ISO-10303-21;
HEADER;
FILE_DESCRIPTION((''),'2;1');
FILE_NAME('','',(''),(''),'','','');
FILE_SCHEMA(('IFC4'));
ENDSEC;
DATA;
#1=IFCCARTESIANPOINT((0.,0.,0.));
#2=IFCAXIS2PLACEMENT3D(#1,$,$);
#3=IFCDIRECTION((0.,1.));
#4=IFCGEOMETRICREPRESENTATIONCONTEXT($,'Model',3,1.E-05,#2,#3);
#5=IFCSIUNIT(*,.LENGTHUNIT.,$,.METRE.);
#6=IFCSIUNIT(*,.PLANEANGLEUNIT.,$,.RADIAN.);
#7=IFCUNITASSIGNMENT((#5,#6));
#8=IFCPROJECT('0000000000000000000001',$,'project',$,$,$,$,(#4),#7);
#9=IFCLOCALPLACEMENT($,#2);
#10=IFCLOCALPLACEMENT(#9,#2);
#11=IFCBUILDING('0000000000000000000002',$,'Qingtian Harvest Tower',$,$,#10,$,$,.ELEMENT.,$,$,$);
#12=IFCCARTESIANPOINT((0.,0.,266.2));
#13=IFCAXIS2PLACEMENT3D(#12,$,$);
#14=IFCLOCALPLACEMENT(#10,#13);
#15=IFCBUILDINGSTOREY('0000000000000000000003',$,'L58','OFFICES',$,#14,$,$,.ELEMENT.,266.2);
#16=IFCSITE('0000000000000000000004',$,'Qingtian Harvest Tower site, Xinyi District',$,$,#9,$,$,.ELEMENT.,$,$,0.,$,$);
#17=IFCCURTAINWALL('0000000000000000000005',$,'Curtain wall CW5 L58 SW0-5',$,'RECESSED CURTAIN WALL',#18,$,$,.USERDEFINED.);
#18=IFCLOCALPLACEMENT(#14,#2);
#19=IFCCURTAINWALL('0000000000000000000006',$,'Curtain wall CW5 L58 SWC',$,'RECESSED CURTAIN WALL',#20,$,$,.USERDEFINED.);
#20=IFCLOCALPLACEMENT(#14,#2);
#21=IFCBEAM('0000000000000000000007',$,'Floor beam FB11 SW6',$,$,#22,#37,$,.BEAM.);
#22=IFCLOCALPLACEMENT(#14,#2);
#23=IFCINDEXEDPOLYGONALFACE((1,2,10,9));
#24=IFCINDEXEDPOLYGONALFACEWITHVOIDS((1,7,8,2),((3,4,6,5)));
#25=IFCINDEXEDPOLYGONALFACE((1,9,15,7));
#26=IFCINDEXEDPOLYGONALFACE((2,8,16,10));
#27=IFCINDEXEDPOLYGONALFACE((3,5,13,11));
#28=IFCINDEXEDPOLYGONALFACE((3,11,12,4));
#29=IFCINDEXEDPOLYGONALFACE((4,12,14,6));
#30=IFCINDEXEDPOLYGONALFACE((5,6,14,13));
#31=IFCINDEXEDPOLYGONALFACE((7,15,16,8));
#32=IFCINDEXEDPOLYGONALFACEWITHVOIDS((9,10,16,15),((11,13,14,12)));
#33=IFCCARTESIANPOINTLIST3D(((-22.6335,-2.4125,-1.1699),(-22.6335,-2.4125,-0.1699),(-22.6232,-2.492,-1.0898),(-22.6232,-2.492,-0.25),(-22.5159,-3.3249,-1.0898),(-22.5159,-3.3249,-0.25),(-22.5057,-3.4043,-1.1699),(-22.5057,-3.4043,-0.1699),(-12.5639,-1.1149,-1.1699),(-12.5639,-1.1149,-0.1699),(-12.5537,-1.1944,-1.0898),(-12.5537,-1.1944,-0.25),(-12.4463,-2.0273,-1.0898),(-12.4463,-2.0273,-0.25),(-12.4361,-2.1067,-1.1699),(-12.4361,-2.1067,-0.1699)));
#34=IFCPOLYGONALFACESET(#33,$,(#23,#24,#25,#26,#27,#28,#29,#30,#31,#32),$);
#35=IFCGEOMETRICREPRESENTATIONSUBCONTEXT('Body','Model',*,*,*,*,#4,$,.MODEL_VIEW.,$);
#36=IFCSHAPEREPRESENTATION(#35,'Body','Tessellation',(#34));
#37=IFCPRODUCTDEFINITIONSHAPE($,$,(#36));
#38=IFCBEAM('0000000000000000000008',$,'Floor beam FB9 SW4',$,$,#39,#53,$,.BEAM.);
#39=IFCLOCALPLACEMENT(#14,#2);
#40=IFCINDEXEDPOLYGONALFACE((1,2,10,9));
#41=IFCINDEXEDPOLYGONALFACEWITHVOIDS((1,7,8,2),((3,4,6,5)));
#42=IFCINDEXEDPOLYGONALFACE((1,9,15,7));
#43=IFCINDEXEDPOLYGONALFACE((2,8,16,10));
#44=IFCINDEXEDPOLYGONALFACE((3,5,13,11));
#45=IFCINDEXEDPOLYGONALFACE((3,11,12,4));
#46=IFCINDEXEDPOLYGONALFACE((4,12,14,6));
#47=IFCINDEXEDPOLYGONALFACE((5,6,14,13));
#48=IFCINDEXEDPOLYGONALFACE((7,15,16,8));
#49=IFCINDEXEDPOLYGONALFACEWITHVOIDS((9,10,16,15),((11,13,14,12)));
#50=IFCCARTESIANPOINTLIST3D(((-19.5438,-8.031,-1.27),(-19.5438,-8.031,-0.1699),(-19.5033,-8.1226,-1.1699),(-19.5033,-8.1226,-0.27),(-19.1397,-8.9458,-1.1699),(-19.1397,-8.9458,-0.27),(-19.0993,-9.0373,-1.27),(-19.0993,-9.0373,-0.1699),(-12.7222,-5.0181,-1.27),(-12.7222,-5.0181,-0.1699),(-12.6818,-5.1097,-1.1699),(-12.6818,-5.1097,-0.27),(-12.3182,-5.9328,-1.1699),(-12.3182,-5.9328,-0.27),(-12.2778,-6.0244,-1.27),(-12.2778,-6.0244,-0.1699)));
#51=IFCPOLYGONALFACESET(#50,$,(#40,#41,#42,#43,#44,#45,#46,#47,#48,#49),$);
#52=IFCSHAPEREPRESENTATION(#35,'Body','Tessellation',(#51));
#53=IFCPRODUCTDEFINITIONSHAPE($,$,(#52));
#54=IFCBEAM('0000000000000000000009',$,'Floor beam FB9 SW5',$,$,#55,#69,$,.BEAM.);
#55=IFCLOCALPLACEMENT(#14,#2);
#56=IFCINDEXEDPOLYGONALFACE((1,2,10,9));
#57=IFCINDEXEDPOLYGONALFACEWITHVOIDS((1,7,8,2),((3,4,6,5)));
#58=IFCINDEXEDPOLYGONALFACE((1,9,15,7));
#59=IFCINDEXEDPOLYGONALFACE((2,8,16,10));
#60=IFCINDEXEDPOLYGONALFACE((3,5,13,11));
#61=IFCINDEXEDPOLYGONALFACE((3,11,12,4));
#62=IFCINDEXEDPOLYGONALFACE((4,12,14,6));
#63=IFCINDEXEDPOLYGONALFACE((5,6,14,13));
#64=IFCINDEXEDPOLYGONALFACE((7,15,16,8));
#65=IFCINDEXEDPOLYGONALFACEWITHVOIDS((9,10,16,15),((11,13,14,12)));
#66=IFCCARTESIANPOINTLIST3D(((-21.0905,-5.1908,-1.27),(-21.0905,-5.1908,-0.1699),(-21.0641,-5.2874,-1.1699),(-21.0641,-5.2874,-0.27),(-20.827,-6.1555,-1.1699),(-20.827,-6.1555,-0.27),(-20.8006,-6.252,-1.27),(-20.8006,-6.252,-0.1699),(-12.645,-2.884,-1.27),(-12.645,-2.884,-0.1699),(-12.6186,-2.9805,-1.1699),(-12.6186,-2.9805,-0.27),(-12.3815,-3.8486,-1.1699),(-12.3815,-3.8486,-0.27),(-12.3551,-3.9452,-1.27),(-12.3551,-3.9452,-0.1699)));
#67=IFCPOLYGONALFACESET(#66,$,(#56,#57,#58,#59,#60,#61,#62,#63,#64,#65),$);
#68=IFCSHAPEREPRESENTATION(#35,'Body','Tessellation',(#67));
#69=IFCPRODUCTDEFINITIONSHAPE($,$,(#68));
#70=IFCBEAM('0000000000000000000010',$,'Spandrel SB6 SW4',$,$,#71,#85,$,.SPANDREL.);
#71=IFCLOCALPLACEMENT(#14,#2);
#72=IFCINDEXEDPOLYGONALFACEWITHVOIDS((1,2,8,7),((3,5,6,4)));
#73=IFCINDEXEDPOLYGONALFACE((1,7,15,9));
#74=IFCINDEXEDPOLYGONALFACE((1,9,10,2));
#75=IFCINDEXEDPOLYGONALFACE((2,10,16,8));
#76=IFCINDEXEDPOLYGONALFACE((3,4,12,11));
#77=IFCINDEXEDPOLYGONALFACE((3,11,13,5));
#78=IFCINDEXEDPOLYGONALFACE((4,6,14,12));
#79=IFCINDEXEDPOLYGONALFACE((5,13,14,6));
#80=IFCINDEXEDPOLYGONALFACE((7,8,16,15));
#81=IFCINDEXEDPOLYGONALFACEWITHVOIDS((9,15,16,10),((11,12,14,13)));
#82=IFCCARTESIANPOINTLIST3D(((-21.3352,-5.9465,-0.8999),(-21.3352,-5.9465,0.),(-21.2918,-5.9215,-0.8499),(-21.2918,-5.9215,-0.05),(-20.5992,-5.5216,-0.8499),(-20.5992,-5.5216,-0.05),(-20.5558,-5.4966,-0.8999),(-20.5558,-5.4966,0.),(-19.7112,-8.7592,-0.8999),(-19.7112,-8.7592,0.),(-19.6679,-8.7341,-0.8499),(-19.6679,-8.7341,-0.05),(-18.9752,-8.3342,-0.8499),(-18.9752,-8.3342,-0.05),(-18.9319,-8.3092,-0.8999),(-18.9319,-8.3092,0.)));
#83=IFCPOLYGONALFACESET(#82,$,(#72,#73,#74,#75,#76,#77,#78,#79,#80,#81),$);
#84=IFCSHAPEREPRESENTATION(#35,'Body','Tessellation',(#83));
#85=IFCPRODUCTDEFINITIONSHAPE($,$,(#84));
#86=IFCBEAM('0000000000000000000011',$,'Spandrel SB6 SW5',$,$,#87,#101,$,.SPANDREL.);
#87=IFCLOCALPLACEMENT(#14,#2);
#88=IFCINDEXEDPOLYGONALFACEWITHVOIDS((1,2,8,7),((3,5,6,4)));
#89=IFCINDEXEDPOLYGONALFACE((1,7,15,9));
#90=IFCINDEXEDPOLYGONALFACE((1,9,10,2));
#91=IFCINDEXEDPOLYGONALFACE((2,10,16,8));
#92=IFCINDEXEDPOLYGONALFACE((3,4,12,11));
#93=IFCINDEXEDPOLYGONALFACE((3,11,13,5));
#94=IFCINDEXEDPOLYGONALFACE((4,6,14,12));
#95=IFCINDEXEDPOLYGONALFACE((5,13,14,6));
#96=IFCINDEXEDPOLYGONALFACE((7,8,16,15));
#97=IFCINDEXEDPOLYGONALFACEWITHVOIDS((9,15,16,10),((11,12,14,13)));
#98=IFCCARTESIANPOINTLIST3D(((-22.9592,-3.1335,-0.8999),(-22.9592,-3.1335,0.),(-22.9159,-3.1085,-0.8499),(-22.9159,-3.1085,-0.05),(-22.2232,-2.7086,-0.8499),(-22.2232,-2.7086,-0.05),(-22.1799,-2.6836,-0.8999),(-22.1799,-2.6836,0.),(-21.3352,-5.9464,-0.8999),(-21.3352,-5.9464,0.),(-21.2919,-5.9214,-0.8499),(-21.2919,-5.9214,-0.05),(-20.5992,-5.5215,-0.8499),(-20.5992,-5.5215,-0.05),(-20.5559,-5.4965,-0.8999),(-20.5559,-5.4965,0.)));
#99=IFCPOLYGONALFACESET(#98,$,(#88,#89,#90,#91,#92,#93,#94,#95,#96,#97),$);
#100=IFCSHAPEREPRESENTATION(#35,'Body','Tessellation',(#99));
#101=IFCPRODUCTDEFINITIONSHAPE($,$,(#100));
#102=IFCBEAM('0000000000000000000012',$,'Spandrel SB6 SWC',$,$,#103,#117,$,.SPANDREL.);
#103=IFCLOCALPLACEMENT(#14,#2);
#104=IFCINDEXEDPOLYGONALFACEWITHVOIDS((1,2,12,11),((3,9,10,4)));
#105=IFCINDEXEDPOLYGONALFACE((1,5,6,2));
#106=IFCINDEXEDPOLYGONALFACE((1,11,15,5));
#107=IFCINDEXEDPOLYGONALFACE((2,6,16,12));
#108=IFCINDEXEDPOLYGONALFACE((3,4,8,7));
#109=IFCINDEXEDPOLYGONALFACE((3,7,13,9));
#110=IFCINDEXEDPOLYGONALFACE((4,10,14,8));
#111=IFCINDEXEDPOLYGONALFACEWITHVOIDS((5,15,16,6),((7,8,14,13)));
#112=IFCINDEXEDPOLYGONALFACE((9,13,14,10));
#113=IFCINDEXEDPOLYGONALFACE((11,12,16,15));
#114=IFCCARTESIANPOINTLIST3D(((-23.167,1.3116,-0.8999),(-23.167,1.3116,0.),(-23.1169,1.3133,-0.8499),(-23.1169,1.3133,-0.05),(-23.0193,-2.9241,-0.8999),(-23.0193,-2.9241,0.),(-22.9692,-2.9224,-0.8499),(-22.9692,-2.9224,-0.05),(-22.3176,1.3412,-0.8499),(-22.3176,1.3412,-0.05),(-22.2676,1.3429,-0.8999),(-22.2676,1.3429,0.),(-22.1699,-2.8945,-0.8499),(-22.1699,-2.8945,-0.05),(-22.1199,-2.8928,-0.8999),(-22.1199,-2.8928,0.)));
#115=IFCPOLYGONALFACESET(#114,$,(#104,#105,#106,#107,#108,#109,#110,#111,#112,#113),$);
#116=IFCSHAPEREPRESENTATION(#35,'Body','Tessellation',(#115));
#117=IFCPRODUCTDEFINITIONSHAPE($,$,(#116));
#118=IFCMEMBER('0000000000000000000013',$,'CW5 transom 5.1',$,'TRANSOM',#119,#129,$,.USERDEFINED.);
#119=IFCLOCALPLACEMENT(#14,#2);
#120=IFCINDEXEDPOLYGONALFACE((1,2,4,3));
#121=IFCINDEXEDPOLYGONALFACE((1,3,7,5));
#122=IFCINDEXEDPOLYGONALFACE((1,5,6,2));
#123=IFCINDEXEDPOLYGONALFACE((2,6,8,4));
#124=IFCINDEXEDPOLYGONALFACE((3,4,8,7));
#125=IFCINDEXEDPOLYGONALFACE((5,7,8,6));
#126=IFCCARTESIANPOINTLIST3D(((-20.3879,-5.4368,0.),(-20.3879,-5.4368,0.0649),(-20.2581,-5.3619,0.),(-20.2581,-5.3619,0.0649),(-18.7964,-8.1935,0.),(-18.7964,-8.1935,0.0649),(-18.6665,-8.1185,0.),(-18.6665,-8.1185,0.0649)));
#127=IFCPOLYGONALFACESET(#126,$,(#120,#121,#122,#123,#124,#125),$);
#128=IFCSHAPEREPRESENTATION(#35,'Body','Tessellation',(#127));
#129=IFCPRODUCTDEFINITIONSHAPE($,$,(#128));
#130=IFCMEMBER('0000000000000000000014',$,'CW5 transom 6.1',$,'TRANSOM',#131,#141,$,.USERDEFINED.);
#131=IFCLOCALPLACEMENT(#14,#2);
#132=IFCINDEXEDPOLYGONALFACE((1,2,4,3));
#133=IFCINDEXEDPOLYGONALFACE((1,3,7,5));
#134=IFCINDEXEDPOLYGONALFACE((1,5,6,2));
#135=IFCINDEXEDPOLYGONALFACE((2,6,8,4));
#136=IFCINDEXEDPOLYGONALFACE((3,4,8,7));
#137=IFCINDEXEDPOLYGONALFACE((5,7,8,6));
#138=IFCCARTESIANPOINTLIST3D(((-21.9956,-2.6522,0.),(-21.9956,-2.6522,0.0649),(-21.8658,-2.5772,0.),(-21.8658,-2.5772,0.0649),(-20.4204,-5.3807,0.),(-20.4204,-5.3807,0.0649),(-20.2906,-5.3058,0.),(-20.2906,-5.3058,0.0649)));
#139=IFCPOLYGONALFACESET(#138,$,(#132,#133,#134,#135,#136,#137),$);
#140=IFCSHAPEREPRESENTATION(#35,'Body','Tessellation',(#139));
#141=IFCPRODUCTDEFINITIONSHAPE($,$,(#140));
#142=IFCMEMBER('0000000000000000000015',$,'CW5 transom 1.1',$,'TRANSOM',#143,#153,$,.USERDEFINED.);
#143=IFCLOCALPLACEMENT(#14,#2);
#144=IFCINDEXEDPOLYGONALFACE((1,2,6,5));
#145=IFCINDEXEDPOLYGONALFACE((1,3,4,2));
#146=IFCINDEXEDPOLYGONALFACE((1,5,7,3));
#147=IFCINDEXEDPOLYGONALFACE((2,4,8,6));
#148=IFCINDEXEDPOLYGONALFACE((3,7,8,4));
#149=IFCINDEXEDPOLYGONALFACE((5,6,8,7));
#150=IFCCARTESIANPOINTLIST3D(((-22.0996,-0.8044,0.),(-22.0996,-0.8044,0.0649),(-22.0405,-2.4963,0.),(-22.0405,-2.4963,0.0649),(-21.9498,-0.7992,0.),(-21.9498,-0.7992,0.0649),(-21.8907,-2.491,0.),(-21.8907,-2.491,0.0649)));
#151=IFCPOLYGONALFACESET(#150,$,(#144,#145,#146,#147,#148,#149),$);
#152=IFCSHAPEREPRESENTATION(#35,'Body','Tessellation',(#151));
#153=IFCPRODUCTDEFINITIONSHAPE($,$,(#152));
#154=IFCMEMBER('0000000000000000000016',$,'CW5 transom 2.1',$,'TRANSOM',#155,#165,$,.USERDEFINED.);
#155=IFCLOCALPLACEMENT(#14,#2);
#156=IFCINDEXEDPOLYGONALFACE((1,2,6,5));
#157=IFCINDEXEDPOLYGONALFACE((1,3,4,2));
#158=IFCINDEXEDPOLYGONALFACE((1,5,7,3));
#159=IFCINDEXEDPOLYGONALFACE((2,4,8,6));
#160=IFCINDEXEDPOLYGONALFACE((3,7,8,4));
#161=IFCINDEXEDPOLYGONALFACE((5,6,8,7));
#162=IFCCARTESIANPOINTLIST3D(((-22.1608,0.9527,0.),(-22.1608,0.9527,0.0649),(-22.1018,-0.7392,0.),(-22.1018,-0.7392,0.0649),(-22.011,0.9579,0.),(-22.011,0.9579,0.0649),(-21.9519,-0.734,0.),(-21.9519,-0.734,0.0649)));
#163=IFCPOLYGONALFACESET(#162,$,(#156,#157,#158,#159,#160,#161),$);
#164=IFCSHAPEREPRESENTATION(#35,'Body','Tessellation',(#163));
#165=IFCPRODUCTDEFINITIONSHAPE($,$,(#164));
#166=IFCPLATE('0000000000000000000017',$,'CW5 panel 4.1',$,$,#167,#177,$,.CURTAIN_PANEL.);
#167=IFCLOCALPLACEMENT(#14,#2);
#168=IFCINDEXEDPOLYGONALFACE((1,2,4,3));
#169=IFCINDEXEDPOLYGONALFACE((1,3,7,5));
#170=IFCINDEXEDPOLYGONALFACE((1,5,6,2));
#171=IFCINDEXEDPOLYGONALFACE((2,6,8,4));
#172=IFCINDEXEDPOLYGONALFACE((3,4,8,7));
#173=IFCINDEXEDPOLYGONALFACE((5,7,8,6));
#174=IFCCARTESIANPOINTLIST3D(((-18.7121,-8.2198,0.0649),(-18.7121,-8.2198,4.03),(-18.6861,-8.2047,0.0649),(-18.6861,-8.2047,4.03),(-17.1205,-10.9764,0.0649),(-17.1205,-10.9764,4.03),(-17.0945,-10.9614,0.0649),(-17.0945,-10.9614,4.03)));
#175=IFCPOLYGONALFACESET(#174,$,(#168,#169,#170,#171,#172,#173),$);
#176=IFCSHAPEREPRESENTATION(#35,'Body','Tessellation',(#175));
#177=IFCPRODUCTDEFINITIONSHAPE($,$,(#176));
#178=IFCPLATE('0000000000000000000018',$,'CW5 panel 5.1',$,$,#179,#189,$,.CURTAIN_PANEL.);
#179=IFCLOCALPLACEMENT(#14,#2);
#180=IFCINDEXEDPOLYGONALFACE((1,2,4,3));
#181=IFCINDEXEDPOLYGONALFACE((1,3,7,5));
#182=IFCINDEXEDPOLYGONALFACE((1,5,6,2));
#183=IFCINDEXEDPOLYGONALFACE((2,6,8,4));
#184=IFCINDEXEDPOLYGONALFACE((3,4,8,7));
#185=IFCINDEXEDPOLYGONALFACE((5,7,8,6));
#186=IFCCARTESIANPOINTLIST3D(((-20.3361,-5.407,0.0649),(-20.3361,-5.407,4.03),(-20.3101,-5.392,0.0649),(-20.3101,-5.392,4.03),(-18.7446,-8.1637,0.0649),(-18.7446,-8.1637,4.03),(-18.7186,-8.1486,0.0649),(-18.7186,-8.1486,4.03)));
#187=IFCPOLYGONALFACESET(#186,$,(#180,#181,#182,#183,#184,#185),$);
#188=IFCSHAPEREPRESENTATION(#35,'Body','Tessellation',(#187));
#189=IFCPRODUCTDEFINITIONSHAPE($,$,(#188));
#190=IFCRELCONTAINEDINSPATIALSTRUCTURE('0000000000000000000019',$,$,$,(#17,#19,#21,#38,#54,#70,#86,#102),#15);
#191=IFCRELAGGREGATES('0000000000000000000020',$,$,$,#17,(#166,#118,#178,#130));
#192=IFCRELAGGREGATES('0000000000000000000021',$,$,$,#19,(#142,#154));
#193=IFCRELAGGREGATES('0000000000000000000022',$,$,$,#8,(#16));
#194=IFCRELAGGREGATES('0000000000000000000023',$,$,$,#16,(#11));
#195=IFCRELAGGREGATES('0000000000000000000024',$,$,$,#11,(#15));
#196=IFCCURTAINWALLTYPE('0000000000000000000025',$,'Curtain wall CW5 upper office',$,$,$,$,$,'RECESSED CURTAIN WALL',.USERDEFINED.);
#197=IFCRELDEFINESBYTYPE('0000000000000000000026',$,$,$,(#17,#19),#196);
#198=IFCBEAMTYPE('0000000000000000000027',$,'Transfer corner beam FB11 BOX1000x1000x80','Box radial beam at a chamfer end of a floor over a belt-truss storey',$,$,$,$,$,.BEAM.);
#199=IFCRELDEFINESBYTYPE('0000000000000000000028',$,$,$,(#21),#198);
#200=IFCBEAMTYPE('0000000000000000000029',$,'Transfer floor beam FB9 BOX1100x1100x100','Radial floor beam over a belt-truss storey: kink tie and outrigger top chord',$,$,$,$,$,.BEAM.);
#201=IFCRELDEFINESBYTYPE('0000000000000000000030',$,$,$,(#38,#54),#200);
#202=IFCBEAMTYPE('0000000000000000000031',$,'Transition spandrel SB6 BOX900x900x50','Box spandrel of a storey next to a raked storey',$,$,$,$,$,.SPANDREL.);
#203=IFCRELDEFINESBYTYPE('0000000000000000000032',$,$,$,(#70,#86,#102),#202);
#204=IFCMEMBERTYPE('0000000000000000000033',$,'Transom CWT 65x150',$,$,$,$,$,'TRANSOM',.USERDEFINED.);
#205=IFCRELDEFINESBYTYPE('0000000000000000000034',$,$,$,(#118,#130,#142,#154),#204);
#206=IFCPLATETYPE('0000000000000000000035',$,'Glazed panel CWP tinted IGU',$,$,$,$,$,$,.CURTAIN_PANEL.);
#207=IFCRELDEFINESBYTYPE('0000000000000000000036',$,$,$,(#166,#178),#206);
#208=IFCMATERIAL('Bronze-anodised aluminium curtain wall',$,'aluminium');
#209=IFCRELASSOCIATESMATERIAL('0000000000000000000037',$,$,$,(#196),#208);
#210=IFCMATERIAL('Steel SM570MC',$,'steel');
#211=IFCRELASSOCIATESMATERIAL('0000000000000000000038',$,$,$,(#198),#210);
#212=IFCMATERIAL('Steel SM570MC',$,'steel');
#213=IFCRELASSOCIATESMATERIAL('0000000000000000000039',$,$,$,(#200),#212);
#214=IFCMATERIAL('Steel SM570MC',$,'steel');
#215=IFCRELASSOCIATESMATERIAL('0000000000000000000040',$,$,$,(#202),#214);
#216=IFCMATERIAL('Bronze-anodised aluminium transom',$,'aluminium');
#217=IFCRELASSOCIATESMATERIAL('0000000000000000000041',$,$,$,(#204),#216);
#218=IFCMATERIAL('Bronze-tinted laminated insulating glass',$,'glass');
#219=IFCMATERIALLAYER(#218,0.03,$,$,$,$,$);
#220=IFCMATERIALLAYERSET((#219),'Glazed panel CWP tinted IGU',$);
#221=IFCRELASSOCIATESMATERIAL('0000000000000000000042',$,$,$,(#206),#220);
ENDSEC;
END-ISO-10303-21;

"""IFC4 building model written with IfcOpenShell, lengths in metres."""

from ifc_helpers import new_model, si_unit, direction, frame, origin, origin_2d, place, context, subcontext, project, spatial, rectangle, hollow_rectangle, extrude, material, layer, layer_set, material_profile, profile_set, type_object, element, aggregate, save


model = new_model("IFC4")

# Units and contexts
model_context = context("Model", 3, precision=1e-05, world=origin(), true_north=direction((0.0, 1.0)))
body_context = subcontext(model_context, "Body", "Model", "MODEL_VIEW")
ifc_project = project(units=[si_unit("LENGTHUNIT", "METRE"), si_unit("PLANEANGLEUNIT", "RADIAN")], contexts=[model_context])

# Site, building, storey
site_placement = place(None, origin())
site = spatial("IfcSite", under=ifc_project, at=site_placement, Name="Qingtian Harvest Tower site, Xinyi District", CompositionType="ELEMENT", RefElevation=0.0)
building_placement = place(site_placement, origin())
building = spatial("IfcBuilding", under=site, at=building_placement, Name="Qingtian Harvest Tower", CompositionType="ELEMENT")
storey_placement = place(building_placement, frame((0.0, 0.0, 266.2)))
storey = spatial("IfcBuildingStorey", under=building, at=storey_placement, Name="L58", Description="OFFICES", CompositionType="ELEMENT", Elevation=266.2)

# Curtain walls
ifc_material_1 = material(Name="Bronze-anodised aluminium curtain wall", Category="aluminium")
curtain_wall_type = type_object("IfcCurtainWallType", Name="Curtain wall CW5 upper office", ElementType="RECESSED CURTAIN WALL", PredefinedType="USERDEFINED", material=ifc_material_1)
curtain_wall_1_placement = place(storey_placement, origin())
curtain_wall_1 = element("IfcCurtainWall", 1, at=curtain_wall_1_placement, inside=storey, type_object=curtain_wall_type, Name="Curtain wall CW5 L58 SW0-5", ObjectType="RECESSED CURTAIN WALL", PredefinedType="USERDEFINED")
curtain_wall_2_placement = place(storey_placement, origin())
curtain_wall_2 = element("IfcCurtainWall", 2, at=curtain_wall_2_placement, inside=storey, type_object=curtain_wall_type, Name="Curtain wall CW5 L58 SWC", ObjectType="RECESSED CURTAIN WALL", PredefinedType="USERDEFINED")

# Beams
ifc_material_2 = material(Name="Steel SM570MC", Category="steel")
ifc_material_profile_1 = material_profile(ifc_material_2, hollow_rectangle(XDim=1.0, YDim=1.0, WallThickness=0.0801, at=origin_2d()), Name="BOX1000x1000x80")
ifc_profile_set_1 = profile_set([ifc_material_profile_1], Name="Steel SM570MC")
beam_type_1 = type_object("IfcBeamType", Name="Transfer corner beam FB11 BOX1000x1000x80", Description="Box radial beam at a chamfer end of a floor over a belt-truss storey", PredefinedType="BEAM", material=ifc_profile_set_1)
beam_1_placement = place(storey_placement, frame((-22.5696, -2.9084, -0.6699), z_axis=(0.991799, 0.127807, 0.0), x_axis=(-0.127807, 0.991799, 0.0)))
element("IfcBeam", 3, at=beam_1_placement, inside=storey, type_object=beam_type_1, Name="Floor beam FB11 SW6", PredefinedType="BEAM", context=body_context, shape_type="SweptSolid", body=[
    extrude(hollow_rectangle(XDim=1.0, YDim=1.0, WallThickness=0.0801, at=origin_2d()), origin(), (0.0, 0.0, 1.0), 10.1528),
])
ifc_material_3 = material(Name="Steel SM570MC", Category="steel")
ifc_material_profile_2 = material_profile(ifc_material_3, hollow_rectangle(XDim=1.1001, YDim=1.1001, WallThickness=0.1001, at=origin_2d()), Name="BOX1100x1100x100")
ifc_profile_set_2 = profile_set([ifc_material_profile_2], Name="Steel SM570MC")
beam_type_2 = type_object("IfcBeamType", Name="Transfer floor beam FB9 BOX1100x1100x100", Description="Radial floor beam over a belt-truss storey: kink tie and outrigger top chord", PredefinedType="BEAM", material=ifc_profile_set_2)
beam_2_placement = place(storey_placement, frame((-19.3215, -8.5342, -0.72), z_axis=(0.914747, 0.404026, 0.0), x_axis=(-0.404026, 0.914747, 0.0)))
element("IfcBeam", 4, at=beam_2_placement, inside=storey, type_object=beam_type_2, Name="Floor beam FB9 SW4", PredefinedType="BEAM", context=body_context, shape_type="SweptSolid", body=[
    extrude(hollow_rectangle(XDim=1.1001, YDim=1.1001, WallThickness=0.1001, at=origin_2d()), origin(), (0.0, 0.0, 1.0), 7.4573),
])
beam_3_placement = place(storey_placement, frame((-20.9456, -5.7214, -0.72), z_axis=(0.964661, 0.263495, 0.0), x_axis=(-0.263495, 0.964661, 0.0)))
element("IfcBeam", 5, at=beam_3_placement, inside=storey, type_object=beam_type_2, Name="Floor beam FB9 SW5", PredefinedType="BEAM", context=body_context, shape_type="SweptSolid", body=[
    extrude(hollow_rectangle(XDim=1.1001, YDim=1.1001, WallThickness=0.1001, at=origin_2d()), origin(), (0.0, 0.0, 1.0), 8.7549),
])
ifc_material_4 = material(Name="Steel SM570MC", Category="steel")
ifc_material_profile_3 = material_profile(ifc_material_4, hollow_rectangle(XDim=0.8999, YDim=0.8999, WallThickness=0.05, at=origin_2d()), Name="BOX900x900x50")
ifc_profile_set_3 = profile_set([ifc_material_profile_3], Name="Steel SM570MC")
beam_type_3 = type_object("IfcBeamType", Name="Transition spandrel SB6 BOX900x900x50", Description="Box spandrel of a storey next to a raked storey", PredefinedType="SPANDREL", material=ifc_profile_set_3)
beam_4_placement = place(storey_placement, frame((-19.3215, -8.5342, -0.45), z_axis=(-0.50002, 0.866014, 0.0), x_axis=(-0.866014, -0.50002, 0.0)))
element("IfcBeam", 6, at=beam_4_placement, inside=storey, type_object=beam_type_3, Name="Spandrel SB6 SW4", PredefinedType="SPANDREL", context=body_context, shape_type="SweptSolid", body=[
    extrude(hollow_rectangle(XDim=0.8999, YDim=0.8999, WallThickness=0.05, at=origin_2d()), origin(), (0.0, 0.0, 1.0), 3.2478),
])
beam_5_placement = place(storey_placement, frame((-20.9456, -5.7214, -0.45), z_axis=(-0.499987, 0.866033, 0.0), x_axis=(-0.866033, -0.499987, 0.0)))
element("IfcBeam", 7, at=beam_5_placement, inside=storey, type_object=beam_type_3, Name="Spandrel SB6 SW5", PredefinedType="SPANDREL", context=body_context, shape_type="SweptSolid", body=[
    extrude(hollow_rectangle(XDim=0.8999, YDim=0.8999, WallThickness=0.05, at=origin_2d()), origin(), (0.0, 0.0, 1.0), 3.248),
])
beam_6_placement = place(storey_placement, frame((-22.5696, -2.9084, -0.45), z_axis=(-0.034851, 0.999393, 0.0), x_axis=(-0.999393, -0.034851, 0.0)))
element("IfcBeam", 8, at=beam_6_placement, inside=storey, type_object=beam_type_3, Name="Spandrel SB6 SWC", PredefinedType="SPANDREL", context=body_context, shape_type="SweptSolid", body=[
    extrude(hollow_rectangle(XDim=0.8999, YDim=0.8999, WallThickness=0.05, at=origin_2d()), origin(), (0.0, 0.0, 1.0), 4.2383),
])

# Members
ifc_material_5 = material(Name="Bronze-anodised aluminium transom", Category="aluminium")
ifc_material_profile_4 = material_profile(ifc_material_5, rectangle(XDim=0.1499, YDim=0.0649, at=origin_2d()), Name="AL 65x150")
ifc_profile_set_4 = profile_set([ifc_material_profile_4], Name="Bronze-anodised aluminium transom")
member_type_1 = type_object("IfcMemberType", Name="Transom CWT 65x150", ElementType="TRANSOM", PredefinedType="USERDEFINED", material=ifc_profile_set_4)
member_1_placement = place(storey_placement, frame((-18.7314, -8.156, 0.0325), z_axis=(-0.500008, 0.866021, 0.0), x_axis=(-0.866021, -0.500008, 0.0)))
member_1 = element("IfcMember", 9, at=member_1_placement, type_object=member_type_1, Name="CW5 transom 5.1", ObjectType="TRANSOM", PredefinedType="USERDEFINED", context=body_context, shape_type="SweptSolid", body=[
    extrude(rectangle(XDim=0.1499, YDim=0.0649, at=origin_2d()), origin(), (0.0, 0.0, 1.0), 3.1831),
])
member_2_placement = place(storey_placement, frame((-20.3555, -5.3433, 0.0325), z_axis=(-0.499973, 0.866041, 0.0), x_axis=(-0.866041, -0.499973, 0.0)))
member_2 = element("IfcMember", 10, at=member_2_placement, type_object=member_type_1, Name="CW5 transom 6.1", ObjectType="TRANSOM", PredefinedType="USERDEFINED", context=body_context, shape_type="SweptSolid", body=[
    extrude(rectangle(XDim=0.1499, YDim=0.0649, at=origin_2d()), origin(), (0.0, 0.0, 1.0), 3.1506),
])
member_3_placement = place(storey_placement, frame((-21.9656, -2.4937, 0.0325), z_axis=(-0.034899, 0.999391, 0.0), x_axis=(-0.999391, -0.034899, 0.0)))
member_3 = element("IfcMember", 11, at=member_3_placement, type_object=member_type_1, Name="CW5 transom 1.1", ObjectType="TRANSOM", PredefinedType="USERDEFINED", context=body_context, shape_type="SweptSolid", body=[
    extrude(rectangle(XDim=0.1499, YDim=0.0649, at=origin_2d()), origin(), (0.0, 0.0, 1.0), 1.6929),
])
member_4_placement = place(storey_placement, frame((-22.0269, -0.7366, 0.0325), z_axis=(-0.034899, 0.999391, 0.0), x_axis=(-0.999391, -0.034899, 0.0)))
member_4 = element("IfcMember", 12, at=member_4_placement, type_object=member_type_1, Name="CW5 transom 2.1", ObjectType="TRANSOM", PredefinedType="USERDEFINED", context=body_context, shape_type="SweptSolid", body=[
    extrude(rectangle(XDim=0.1499, YDim=0.0649, at=origin_2d()), origin(), (0.0, 0.0, 1.0), 1.6929),
])

# Plates
ifc_material_6 = material(Name="Bronze-tinted laminated insulating glass", Category="glass")
ifc_layer_1 = layer(ifc_material_6, 0.03)
ifc_layer_set_1 = layer_set([ifc_layer_1], Name="Glazed panel CWP tinted IGU")
plate_type = type_object("IfcPlateType", Name="Glazed panel CWP tinted IGU", PredefinedType="CURTAIN_PANEL", material=ifc_layer_set_1)
plate_1_placement = place(storey_placement, frame((-17.9033, -9.5906, 0.0649), z_axis=(0.0, 0.0, 1.0), x_axis=(-0.5, 0.866025, 0.0)))
plate_1 = element("IfcPlate", 13, at=plate_1_placement, type_object=plate_type, Name="CW5 panel 4.1", PredefinedType="CURTAIN_PANEL", context=body_context, shape_type="SweptSolid", body=[
    extrude(rectangle(XDim=3.1831, YDim=0.03, at=origin_2d()), origin(), (0.0, 0.0, 1.0), 3.9651),
])
plate_2_placement = place(storey_placement, frame((-19.5273, -6.7778, 0.0649), z_axis=(0.0, 0.0, 1.0), x_axis=(-0.5, 0.866025, 0.0)))
plate_2 = element("IfcPlate", 14, at=plate_2_placement, type_object=plate_type, Name="CW5 panel 5.1", PredefinedType="CURTAIN_PANEL", context=body_context, shape_type="SweptSolid", body=[
    extrude(rectangle(XDim=3.1831, YDim=0.03, at=origin_2d()), origin(), (0.0, 0.0, 1.0), 3.9651),
])
aggregate(curtain_wall_1, [plate_1, member_1, plate_2, member_2])
aggregate(curtain_wall_2, [member_3, member_4])

save(model, "model.ifc")
